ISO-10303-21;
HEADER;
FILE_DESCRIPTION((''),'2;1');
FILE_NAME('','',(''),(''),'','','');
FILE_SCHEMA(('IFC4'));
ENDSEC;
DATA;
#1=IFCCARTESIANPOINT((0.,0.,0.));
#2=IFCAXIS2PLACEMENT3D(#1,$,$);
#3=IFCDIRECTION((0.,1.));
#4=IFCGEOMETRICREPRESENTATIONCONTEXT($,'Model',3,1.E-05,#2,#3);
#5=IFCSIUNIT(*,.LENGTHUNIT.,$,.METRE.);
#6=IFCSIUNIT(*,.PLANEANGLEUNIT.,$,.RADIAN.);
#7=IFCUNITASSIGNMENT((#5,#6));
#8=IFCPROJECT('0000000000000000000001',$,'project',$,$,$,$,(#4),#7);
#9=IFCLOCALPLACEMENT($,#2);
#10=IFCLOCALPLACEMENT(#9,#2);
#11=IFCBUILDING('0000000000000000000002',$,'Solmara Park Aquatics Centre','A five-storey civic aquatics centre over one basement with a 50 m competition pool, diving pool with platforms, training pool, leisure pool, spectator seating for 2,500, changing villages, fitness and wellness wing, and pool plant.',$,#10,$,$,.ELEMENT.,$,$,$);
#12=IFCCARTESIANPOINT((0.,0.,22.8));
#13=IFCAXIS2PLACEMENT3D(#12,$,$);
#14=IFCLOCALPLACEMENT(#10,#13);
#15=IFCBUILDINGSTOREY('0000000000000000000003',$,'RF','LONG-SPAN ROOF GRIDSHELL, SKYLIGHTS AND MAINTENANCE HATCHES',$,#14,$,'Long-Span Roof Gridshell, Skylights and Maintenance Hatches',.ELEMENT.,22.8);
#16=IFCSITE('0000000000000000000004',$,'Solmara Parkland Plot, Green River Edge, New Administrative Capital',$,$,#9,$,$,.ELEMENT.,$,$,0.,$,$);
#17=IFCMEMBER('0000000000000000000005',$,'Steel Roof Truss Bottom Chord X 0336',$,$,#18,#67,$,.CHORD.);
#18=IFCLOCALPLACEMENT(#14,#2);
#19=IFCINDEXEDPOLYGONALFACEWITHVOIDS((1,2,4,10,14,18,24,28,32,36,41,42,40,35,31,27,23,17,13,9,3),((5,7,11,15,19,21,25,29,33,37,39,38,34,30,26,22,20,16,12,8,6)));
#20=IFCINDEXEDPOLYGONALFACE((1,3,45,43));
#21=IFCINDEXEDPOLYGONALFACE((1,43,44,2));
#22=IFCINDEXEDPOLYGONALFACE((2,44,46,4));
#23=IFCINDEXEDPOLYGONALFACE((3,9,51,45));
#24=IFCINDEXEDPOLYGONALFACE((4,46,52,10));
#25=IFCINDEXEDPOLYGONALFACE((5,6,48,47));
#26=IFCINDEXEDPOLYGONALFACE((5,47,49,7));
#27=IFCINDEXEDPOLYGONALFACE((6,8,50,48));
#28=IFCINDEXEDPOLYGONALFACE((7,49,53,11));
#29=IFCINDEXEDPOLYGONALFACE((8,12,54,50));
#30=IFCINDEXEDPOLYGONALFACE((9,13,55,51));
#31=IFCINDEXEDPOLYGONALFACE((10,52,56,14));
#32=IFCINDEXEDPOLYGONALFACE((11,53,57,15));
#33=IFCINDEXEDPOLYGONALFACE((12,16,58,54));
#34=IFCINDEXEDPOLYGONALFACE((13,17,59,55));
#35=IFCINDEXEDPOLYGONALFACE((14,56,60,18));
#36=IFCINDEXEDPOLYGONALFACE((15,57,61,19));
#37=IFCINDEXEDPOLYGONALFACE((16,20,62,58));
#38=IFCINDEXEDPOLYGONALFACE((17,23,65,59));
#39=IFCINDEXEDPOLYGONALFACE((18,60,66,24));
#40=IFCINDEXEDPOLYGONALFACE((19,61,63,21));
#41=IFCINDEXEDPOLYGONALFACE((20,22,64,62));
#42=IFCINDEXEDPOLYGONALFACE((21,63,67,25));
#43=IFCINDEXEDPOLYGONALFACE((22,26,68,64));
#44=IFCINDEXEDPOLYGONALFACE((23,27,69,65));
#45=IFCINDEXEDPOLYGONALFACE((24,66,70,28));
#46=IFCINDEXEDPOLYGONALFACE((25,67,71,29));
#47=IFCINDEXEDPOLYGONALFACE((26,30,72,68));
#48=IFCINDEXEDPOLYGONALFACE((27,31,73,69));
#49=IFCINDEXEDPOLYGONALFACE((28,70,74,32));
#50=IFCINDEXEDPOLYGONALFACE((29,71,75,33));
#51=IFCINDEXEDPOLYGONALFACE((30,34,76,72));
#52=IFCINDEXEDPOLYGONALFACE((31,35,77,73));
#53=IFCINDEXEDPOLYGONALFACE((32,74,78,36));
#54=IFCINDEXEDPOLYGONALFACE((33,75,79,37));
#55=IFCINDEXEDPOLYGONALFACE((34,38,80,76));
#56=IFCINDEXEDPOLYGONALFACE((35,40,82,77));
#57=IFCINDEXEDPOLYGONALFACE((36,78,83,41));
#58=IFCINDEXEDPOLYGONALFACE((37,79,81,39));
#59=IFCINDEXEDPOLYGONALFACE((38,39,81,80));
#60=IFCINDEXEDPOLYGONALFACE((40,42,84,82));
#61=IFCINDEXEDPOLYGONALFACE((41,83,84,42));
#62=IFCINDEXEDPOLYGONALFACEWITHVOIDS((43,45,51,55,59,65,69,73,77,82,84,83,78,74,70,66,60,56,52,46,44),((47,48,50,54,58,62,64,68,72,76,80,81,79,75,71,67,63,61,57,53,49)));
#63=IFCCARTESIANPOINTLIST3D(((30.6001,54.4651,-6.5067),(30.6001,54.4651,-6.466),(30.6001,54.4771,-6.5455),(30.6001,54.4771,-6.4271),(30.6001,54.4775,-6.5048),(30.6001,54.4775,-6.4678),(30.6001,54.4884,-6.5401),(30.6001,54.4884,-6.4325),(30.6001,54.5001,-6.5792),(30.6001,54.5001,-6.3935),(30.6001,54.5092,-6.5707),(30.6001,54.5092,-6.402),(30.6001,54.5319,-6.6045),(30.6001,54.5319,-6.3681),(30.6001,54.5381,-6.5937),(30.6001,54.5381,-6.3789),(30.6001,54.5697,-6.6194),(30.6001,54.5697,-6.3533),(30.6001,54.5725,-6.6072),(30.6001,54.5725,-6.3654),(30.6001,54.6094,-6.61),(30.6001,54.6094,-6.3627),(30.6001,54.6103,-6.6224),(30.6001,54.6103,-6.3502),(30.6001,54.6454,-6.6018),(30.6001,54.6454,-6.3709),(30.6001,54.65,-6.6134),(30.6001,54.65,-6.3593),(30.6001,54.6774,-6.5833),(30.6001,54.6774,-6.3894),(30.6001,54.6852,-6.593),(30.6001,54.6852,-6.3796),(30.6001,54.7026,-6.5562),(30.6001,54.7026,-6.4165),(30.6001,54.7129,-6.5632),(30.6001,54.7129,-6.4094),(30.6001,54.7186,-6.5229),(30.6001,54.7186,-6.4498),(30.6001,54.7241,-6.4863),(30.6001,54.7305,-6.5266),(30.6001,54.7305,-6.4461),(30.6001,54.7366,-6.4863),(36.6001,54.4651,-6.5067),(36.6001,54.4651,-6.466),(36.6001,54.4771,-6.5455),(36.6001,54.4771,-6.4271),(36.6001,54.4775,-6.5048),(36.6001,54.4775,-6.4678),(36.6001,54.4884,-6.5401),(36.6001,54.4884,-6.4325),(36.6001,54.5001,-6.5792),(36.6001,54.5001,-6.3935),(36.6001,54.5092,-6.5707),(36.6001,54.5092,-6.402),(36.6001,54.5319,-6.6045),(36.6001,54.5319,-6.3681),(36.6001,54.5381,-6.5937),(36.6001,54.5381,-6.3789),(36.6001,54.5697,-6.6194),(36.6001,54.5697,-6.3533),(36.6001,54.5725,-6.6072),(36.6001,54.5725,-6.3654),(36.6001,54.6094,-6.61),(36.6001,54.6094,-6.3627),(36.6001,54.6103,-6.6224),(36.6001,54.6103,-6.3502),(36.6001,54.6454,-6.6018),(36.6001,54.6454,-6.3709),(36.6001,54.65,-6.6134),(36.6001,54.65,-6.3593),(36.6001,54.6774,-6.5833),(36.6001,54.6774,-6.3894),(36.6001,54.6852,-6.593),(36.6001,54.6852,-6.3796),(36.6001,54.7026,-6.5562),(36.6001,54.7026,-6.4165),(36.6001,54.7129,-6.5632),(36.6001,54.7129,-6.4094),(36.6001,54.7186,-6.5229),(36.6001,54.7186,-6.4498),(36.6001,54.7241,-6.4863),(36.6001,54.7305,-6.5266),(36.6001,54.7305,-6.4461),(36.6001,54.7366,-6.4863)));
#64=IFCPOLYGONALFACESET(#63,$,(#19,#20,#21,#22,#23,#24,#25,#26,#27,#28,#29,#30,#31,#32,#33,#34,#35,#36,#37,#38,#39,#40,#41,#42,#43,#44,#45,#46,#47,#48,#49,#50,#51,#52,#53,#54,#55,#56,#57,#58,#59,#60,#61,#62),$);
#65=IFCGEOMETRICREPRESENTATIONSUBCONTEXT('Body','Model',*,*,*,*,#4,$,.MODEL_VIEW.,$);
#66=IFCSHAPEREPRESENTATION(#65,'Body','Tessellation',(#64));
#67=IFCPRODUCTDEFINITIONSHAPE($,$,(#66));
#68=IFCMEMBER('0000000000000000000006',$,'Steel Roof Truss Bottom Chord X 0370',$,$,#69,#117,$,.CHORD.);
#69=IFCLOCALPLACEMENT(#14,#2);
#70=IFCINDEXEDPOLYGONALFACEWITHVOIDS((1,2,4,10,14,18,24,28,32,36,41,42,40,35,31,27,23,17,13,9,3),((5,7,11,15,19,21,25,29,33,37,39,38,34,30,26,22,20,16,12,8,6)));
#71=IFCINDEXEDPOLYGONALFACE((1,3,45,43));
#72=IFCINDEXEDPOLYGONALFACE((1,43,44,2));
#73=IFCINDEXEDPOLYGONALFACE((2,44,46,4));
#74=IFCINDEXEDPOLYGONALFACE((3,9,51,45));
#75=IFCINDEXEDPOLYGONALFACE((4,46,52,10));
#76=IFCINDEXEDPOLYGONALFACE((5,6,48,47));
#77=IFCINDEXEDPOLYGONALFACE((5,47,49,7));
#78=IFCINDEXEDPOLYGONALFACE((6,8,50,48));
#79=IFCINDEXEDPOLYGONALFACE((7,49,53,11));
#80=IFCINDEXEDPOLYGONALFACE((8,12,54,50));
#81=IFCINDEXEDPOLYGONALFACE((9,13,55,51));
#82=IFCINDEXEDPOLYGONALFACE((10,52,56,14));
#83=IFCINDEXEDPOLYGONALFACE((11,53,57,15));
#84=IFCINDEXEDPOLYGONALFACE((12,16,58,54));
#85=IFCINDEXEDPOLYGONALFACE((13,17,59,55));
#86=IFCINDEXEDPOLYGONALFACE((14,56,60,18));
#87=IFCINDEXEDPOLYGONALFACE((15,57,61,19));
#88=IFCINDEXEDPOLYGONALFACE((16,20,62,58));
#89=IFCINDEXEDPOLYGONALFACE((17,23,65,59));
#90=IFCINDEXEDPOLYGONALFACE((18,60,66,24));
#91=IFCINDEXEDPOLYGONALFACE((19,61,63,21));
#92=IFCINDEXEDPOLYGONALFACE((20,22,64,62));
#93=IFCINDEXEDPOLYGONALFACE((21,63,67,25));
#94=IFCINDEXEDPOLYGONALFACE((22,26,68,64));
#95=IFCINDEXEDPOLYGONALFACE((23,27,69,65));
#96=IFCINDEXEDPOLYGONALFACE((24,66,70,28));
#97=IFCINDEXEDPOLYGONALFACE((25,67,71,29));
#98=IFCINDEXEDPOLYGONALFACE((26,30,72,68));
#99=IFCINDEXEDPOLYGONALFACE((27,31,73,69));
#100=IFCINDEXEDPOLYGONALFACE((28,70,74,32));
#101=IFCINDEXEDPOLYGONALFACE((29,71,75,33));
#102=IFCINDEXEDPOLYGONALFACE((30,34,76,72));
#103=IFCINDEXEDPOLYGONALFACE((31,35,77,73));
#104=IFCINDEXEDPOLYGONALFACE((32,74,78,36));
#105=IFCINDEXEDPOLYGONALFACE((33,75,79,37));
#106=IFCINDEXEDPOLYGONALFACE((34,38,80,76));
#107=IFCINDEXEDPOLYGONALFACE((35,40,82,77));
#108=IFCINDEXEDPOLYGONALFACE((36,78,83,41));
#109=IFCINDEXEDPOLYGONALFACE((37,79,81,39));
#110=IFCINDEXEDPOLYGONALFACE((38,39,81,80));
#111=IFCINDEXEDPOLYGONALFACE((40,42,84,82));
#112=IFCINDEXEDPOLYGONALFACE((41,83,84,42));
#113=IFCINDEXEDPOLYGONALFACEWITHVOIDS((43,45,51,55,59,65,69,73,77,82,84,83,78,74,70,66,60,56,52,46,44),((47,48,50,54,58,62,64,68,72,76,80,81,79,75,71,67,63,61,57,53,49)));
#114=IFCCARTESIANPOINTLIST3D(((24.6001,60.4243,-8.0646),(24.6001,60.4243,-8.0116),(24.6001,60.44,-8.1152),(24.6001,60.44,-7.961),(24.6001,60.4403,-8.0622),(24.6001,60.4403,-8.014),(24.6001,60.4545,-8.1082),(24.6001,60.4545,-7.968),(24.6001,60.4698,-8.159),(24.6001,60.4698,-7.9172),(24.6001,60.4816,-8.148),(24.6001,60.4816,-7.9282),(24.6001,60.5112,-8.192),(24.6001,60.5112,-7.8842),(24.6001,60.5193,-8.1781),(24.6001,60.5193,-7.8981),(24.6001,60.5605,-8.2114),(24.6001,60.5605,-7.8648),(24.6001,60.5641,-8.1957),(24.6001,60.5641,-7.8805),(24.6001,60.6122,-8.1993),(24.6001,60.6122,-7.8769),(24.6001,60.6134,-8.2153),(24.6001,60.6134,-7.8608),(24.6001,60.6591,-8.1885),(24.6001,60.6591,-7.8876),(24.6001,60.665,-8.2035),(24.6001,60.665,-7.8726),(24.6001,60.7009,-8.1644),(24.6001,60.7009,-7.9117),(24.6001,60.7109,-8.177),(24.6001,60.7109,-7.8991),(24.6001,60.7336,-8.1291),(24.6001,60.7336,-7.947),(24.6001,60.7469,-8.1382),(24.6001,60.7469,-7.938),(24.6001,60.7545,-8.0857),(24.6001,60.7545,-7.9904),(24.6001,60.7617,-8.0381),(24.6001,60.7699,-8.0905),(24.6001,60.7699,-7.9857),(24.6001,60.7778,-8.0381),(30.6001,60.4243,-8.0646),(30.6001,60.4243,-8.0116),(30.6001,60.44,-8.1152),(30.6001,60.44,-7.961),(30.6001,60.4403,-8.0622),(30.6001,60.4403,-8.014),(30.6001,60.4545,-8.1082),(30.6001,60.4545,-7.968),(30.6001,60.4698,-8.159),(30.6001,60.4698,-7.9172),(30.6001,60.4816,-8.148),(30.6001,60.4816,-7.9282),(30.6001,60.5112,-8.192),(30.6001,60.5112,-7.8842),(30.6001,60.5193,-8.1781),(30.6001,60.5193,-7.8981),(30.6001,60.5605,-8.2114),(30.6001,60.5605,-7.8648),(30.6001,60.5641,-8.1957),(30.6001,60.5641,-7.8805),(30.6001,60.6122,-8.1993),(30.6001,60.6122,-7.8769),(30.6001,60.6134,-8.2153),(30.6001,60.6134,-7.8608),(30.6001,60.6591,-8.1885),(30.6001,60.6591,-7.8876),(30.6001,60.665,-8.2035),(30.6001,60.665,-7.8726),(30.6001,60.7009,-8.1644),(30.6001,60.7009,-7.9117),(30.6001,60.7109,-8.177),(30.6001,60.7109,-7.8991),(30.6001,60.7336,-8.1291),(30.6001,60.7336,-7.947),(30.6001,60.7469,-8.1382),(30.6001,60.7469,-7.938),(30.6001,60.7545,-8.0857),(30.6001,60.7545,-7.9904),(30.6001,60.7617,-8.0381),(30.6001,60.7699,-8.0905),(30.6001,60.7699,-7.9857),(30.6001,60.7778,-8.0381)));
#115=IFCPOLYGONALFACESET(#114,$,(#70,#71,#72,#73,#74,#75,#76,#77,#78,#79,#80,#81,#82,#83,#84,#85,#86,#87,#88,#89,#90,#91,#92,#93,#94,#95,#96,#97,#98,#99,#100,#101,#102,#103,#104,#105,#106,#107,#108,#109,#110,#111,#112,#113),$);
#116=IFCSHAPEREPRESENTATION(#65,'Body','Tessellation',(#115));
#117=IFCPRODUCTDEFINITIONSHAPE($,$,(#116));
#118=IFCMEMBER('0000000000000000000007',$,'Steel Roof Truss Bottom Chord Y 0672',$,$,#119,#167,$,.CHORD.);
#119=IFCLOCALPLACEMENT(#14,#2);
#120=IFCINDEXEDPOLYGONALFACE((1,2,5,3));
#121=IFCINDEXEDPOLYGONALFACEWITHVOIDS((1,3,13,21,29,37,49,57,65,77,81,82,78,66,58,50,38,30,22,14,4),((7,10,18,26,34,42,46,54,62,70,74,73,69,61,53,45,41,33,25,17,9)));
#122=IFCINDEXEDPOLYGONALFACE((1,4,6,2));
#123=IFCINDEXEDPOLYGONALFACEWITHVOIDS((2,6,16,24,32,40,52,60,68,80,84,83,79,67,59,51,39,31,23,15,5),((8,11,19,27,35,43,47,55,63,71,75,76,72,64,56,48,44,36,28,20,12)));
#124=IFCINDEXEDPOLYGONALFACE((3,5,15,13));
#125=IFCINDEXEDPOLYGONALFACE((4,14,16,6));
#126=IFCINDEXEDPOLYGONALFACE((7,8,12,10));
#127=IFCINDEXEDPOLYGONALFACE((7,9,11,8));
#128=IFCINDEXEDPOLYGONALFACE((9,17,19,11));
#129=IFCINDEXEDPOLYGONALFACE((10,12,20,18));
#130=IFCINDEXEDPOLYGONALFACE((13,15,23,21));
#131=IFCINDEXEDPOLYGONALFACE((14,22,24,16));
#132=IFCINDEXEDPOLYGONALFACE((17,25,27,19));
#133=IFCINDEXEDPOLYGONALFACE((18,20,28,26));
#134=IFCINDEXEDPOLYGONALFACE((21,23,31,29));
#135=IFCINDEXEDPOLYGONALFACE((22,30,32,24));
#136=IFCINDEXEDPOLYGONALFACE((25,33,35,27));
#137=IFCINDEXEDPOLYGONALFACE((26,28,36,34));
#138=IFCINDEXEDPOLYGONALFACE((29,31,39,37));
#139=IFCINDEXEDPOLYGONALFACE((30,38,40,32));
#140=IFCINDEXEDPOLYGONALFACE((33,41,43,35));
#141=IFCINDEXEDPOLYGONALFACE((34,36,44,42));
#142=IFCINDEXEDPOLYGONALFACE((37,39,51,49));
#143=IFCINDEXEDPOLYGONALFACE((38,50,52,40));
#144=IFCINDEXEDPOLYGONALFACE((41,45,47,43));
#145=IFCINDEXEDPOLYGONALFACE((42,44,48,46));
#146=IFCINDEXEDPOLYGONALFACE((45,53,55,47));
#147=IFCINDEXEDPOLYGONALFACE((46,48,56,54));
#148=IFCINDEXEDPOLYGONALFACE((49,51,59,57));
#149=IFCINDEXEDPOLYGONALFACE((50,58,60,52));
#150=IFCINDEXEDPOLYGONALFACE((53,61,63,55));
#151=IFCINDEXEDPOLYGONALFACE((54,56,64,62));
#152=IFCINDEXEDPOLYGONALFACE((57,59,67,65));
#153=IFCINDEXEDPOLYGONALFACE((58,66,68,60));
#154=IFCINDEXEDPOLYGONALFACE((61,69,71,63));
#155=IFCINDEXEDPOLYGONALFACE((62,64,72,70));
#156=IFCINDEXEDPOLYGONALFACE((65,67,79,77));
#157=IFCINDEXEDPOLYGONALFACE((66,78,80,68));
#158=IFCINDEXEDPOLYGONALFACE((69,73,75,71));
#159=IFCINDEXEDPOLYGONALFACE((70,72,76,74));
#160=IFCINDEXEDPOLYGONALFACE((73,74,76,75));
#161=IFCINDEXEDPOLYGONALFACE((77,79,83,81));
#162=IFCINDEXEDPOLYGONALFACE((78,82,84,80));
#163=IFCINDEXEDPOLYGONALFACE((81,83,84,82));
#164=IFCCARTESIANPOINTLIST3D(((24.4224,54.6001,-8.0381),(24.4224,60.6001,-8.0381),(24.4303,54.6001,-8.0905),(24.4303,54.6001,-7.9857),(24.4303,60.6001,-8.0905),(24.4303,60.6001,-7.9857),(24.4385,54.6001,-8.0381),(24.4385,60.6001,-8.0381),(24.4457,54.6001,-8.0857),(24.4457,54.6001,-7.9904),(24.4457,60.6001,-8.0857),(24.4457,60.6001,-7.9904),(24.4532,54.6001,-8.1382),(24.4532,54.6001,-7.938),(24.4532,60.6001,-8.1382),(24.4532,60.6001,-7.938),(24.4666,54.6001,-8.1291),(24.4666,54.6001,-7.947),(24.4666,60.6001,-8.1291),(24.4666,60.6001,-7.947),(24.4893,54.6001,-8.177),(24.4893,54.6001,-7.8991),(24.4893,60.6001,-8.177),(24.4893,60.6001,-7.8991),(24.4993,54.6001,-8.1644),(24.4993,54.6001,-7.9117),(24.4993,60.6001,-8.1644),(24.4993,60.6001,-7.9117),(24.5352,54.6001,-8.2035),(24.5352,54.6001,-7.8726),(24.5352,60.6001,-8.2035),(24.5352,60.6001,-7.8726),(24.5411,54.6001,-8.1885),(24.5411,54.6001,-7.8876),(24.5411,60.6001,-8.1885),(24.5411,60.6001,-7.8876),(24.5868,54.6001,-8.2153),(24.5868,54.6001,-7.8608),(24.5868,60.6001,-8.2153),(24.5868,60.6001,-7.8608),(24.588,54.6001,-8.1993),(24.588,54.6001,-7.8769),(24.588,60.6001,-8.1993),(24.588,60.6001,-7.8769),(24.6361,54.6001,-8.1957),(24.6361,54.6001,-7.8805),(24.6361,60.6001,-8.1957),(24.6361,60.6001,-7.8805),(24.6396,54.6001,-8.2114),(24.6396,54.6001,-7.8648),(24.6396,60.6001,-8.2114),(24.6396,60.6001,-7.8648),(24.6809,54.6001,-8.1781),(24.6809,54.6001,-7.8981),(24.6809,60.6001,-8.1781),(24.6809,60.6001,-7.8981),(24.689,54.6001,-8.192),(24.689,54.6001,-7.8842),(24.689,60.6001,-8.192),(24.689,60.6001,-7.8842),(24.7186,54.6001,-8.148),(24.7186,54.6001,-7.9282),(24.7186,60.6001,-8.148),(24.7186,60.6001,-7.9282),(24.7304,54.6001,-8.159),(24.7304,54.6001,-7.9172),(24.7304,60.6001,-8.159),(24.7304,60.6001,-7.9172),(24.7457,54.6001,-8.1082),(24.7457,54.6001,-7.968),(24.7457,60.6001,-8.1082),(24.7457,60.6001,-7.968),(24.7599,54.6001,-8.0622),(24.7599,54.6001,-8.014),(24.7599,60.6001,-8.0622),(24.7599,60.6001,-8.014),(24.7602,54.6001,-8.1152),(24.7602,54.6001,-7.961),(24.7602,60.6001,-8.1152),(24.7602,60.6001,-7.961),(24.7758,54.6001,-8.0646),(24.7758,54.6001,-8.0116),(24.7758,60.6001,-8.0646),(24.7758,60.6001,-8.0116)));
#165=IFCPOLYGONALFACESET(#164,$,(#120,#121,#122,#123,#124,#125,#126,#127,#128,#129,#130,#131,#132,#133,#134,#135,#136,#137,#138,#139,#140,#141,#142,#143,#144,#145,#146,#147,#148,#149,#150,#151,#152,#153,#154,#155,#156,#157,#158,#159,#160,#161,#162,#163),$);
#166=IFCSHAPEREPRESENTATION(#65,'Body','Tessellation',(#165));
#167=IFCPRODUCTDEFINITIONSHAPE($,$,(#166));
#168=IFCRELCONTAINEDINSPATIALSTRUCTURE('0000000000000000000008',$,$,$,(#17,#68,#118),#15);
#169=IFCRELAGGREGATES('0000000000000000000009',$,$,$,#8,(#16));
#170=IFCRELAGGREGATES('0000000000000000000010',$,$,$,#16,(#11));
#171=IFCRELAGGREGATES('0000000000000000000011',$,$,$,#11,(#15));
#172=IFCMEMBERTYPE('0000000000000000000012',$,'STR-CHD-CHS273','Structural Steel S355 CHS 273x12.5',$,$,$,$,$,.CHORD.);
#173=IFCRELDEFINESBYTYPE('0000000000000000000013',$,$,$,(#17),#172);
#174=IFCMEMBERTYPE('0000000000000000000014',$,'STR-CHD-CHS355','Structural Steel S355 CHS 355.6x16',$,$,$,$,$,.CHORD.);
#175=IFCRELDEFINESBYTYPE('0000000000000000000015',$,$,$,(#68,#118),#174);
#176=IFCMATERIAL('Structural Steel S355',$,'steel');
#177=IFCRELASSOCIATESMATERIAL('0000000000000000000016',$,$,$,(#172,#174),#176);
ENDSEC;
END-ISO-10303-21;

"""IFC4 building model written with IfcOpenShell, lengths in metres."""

from ifc_helpers import new_model, si_unit, direction, frame, origin, origin_2d, place, context, subcontext, project, spatial, hollow_circle, extrude, material, material_profile, profile_set, type_object, element, save


model = new_model("IFC4")

# Units and contexts
model_context = context("Model", 3, precision=1e-05, world=origin(), true_north=direction((0.0, 1.0)))
body_context = subcontext(model_context, "Body", "Model", "MODEL_VIEW")
ifc_project = project(units=[si_unit("LENGTHUNIT", "METRE"), si_unit("PLANEANGLEUNIT", "RADIAN")], contexts=[model_context])

# Site, building, storey
site_placement = place(None, origin())
site = spatial("IfcSite", under=ifc_project, at=site_placement, Name="Solmara Parkland Plot, Green River Edge, New Administrative Capital", CompositionType="ELEMENT", RefElevation=0.0)
building_placement = place(site_placement, origin())
building = spatial("IfcBuilding", under=site, at=building_placement, Name="Solmara Park Aquatics Centre", Description="A five-storey civic aquatics centre over one basement with a 50 m competition pool, diving pool with platforms, training pool, leisure pool, spectator seating for 2,500, changing villages, fitness and wellness wing, and pool plant.", CompositionType="ELEMENT")
storey_placement = place(building_placement, frame((0.0, 0.0, 22.8)))
storey = spatial("IfcBuildingStorey", under=building, at=storey_placement, Name="RF", Description="LONG-SPAN ROOF GRIDSHELL, SKYLIGHTS AND MAINTENANCE HATCHES", LongName="Long-Span Roof Gridshell, Skylights and Maintenance Hatches", CompositionType="ELEMENT", Elevation=22.8)

# Members
ifc_material_1 = material(Name="Structural Steel S355", Category="steel")
ifc_material_profile_1 = material_profile(ifc_material_1, hollow_circle(Radius=0.1365, WallThickness=0.0125, at=origin_2d()), Name="CHS 273x12.5")
ifc_profile_set_1 = profile_set([ifc_material_profile_1], Name="Structural Steel S355")
member_type_1 = type_object("IfcMemberType", Name="STR-CHD-CHS273", Description="Structural Steel S355 CHS 273x12.5", PredefinedType="CHORD", material=ifc_profile_set_1)
member_1_placement = place(storey_placement, frame((30.6001, 54.6001, -6.4863), z_axis=(1.0, 0.0, 0.0), x_axis=(0.0, 1.0, 0.0)))
element("IfcMember", 1, at=member_1_placement, inside=storey, type_object=member_type_1, Name="Steel Roof Truss Bottom Chord X 0336", PredefinedType="CHORD", context=body_context, shape_type="SweptSolid", body=[
    extrude(hollow_circle(Radius=0.1365, WallThickness=0.0125, at=origin_2d()), origin(), (0.0, 0.0, 1.0), 6.0),
])
ifc_material_profile_2 = material_profile(ifc_material_1, hollow_circle(Radius=0.1777, WallThickness=0.0161, at=origin_2d()), Name="CHS 355.6x16")
ifc_profile_set_2 = profile_set([ifc_material_profile_2], Name="Structural Steel S355")
member_type_2 = type_object("IfcMemberType", Name="STR-CHD-CHS355", Description="Structural Steel S355 CHS 355.6x16", PredefinedType="CHORD", material=ifc_profile_set_2)
for number, where, z_axis, x_axis, name in (
    (2, (24.6001, 60.6001, -8.0381), (1.0, 0.0, 0.0), (0.0, 1.0, 0.0), "Steel Roof Truss Bottom Chord X 0370"),
    (3, (24.6001, 54.6001, -8.0381), (0.0, 1.0, 0.0), (-1.0, 0.0, 0.0), "Steel Roof Truss Bottom Chord Y 0672"),
):
    element("IfcMember", number, at=place(storey_placement, frame(where, z_axis=z_axis, x_axis=x_axis)), inside=storey, type_object=member_type_2, Name=name, PredefinedType="CHORD", context=body_context, shape_type="SweptSolid", body=[
        extrude(hollow_circle(Radius=0.1777, WallThickness=0.0161, at=origin_2d()), origin(), (0.0, 0.0, 1.0), 6.0),
    ])

save(model, "model.ifc")
